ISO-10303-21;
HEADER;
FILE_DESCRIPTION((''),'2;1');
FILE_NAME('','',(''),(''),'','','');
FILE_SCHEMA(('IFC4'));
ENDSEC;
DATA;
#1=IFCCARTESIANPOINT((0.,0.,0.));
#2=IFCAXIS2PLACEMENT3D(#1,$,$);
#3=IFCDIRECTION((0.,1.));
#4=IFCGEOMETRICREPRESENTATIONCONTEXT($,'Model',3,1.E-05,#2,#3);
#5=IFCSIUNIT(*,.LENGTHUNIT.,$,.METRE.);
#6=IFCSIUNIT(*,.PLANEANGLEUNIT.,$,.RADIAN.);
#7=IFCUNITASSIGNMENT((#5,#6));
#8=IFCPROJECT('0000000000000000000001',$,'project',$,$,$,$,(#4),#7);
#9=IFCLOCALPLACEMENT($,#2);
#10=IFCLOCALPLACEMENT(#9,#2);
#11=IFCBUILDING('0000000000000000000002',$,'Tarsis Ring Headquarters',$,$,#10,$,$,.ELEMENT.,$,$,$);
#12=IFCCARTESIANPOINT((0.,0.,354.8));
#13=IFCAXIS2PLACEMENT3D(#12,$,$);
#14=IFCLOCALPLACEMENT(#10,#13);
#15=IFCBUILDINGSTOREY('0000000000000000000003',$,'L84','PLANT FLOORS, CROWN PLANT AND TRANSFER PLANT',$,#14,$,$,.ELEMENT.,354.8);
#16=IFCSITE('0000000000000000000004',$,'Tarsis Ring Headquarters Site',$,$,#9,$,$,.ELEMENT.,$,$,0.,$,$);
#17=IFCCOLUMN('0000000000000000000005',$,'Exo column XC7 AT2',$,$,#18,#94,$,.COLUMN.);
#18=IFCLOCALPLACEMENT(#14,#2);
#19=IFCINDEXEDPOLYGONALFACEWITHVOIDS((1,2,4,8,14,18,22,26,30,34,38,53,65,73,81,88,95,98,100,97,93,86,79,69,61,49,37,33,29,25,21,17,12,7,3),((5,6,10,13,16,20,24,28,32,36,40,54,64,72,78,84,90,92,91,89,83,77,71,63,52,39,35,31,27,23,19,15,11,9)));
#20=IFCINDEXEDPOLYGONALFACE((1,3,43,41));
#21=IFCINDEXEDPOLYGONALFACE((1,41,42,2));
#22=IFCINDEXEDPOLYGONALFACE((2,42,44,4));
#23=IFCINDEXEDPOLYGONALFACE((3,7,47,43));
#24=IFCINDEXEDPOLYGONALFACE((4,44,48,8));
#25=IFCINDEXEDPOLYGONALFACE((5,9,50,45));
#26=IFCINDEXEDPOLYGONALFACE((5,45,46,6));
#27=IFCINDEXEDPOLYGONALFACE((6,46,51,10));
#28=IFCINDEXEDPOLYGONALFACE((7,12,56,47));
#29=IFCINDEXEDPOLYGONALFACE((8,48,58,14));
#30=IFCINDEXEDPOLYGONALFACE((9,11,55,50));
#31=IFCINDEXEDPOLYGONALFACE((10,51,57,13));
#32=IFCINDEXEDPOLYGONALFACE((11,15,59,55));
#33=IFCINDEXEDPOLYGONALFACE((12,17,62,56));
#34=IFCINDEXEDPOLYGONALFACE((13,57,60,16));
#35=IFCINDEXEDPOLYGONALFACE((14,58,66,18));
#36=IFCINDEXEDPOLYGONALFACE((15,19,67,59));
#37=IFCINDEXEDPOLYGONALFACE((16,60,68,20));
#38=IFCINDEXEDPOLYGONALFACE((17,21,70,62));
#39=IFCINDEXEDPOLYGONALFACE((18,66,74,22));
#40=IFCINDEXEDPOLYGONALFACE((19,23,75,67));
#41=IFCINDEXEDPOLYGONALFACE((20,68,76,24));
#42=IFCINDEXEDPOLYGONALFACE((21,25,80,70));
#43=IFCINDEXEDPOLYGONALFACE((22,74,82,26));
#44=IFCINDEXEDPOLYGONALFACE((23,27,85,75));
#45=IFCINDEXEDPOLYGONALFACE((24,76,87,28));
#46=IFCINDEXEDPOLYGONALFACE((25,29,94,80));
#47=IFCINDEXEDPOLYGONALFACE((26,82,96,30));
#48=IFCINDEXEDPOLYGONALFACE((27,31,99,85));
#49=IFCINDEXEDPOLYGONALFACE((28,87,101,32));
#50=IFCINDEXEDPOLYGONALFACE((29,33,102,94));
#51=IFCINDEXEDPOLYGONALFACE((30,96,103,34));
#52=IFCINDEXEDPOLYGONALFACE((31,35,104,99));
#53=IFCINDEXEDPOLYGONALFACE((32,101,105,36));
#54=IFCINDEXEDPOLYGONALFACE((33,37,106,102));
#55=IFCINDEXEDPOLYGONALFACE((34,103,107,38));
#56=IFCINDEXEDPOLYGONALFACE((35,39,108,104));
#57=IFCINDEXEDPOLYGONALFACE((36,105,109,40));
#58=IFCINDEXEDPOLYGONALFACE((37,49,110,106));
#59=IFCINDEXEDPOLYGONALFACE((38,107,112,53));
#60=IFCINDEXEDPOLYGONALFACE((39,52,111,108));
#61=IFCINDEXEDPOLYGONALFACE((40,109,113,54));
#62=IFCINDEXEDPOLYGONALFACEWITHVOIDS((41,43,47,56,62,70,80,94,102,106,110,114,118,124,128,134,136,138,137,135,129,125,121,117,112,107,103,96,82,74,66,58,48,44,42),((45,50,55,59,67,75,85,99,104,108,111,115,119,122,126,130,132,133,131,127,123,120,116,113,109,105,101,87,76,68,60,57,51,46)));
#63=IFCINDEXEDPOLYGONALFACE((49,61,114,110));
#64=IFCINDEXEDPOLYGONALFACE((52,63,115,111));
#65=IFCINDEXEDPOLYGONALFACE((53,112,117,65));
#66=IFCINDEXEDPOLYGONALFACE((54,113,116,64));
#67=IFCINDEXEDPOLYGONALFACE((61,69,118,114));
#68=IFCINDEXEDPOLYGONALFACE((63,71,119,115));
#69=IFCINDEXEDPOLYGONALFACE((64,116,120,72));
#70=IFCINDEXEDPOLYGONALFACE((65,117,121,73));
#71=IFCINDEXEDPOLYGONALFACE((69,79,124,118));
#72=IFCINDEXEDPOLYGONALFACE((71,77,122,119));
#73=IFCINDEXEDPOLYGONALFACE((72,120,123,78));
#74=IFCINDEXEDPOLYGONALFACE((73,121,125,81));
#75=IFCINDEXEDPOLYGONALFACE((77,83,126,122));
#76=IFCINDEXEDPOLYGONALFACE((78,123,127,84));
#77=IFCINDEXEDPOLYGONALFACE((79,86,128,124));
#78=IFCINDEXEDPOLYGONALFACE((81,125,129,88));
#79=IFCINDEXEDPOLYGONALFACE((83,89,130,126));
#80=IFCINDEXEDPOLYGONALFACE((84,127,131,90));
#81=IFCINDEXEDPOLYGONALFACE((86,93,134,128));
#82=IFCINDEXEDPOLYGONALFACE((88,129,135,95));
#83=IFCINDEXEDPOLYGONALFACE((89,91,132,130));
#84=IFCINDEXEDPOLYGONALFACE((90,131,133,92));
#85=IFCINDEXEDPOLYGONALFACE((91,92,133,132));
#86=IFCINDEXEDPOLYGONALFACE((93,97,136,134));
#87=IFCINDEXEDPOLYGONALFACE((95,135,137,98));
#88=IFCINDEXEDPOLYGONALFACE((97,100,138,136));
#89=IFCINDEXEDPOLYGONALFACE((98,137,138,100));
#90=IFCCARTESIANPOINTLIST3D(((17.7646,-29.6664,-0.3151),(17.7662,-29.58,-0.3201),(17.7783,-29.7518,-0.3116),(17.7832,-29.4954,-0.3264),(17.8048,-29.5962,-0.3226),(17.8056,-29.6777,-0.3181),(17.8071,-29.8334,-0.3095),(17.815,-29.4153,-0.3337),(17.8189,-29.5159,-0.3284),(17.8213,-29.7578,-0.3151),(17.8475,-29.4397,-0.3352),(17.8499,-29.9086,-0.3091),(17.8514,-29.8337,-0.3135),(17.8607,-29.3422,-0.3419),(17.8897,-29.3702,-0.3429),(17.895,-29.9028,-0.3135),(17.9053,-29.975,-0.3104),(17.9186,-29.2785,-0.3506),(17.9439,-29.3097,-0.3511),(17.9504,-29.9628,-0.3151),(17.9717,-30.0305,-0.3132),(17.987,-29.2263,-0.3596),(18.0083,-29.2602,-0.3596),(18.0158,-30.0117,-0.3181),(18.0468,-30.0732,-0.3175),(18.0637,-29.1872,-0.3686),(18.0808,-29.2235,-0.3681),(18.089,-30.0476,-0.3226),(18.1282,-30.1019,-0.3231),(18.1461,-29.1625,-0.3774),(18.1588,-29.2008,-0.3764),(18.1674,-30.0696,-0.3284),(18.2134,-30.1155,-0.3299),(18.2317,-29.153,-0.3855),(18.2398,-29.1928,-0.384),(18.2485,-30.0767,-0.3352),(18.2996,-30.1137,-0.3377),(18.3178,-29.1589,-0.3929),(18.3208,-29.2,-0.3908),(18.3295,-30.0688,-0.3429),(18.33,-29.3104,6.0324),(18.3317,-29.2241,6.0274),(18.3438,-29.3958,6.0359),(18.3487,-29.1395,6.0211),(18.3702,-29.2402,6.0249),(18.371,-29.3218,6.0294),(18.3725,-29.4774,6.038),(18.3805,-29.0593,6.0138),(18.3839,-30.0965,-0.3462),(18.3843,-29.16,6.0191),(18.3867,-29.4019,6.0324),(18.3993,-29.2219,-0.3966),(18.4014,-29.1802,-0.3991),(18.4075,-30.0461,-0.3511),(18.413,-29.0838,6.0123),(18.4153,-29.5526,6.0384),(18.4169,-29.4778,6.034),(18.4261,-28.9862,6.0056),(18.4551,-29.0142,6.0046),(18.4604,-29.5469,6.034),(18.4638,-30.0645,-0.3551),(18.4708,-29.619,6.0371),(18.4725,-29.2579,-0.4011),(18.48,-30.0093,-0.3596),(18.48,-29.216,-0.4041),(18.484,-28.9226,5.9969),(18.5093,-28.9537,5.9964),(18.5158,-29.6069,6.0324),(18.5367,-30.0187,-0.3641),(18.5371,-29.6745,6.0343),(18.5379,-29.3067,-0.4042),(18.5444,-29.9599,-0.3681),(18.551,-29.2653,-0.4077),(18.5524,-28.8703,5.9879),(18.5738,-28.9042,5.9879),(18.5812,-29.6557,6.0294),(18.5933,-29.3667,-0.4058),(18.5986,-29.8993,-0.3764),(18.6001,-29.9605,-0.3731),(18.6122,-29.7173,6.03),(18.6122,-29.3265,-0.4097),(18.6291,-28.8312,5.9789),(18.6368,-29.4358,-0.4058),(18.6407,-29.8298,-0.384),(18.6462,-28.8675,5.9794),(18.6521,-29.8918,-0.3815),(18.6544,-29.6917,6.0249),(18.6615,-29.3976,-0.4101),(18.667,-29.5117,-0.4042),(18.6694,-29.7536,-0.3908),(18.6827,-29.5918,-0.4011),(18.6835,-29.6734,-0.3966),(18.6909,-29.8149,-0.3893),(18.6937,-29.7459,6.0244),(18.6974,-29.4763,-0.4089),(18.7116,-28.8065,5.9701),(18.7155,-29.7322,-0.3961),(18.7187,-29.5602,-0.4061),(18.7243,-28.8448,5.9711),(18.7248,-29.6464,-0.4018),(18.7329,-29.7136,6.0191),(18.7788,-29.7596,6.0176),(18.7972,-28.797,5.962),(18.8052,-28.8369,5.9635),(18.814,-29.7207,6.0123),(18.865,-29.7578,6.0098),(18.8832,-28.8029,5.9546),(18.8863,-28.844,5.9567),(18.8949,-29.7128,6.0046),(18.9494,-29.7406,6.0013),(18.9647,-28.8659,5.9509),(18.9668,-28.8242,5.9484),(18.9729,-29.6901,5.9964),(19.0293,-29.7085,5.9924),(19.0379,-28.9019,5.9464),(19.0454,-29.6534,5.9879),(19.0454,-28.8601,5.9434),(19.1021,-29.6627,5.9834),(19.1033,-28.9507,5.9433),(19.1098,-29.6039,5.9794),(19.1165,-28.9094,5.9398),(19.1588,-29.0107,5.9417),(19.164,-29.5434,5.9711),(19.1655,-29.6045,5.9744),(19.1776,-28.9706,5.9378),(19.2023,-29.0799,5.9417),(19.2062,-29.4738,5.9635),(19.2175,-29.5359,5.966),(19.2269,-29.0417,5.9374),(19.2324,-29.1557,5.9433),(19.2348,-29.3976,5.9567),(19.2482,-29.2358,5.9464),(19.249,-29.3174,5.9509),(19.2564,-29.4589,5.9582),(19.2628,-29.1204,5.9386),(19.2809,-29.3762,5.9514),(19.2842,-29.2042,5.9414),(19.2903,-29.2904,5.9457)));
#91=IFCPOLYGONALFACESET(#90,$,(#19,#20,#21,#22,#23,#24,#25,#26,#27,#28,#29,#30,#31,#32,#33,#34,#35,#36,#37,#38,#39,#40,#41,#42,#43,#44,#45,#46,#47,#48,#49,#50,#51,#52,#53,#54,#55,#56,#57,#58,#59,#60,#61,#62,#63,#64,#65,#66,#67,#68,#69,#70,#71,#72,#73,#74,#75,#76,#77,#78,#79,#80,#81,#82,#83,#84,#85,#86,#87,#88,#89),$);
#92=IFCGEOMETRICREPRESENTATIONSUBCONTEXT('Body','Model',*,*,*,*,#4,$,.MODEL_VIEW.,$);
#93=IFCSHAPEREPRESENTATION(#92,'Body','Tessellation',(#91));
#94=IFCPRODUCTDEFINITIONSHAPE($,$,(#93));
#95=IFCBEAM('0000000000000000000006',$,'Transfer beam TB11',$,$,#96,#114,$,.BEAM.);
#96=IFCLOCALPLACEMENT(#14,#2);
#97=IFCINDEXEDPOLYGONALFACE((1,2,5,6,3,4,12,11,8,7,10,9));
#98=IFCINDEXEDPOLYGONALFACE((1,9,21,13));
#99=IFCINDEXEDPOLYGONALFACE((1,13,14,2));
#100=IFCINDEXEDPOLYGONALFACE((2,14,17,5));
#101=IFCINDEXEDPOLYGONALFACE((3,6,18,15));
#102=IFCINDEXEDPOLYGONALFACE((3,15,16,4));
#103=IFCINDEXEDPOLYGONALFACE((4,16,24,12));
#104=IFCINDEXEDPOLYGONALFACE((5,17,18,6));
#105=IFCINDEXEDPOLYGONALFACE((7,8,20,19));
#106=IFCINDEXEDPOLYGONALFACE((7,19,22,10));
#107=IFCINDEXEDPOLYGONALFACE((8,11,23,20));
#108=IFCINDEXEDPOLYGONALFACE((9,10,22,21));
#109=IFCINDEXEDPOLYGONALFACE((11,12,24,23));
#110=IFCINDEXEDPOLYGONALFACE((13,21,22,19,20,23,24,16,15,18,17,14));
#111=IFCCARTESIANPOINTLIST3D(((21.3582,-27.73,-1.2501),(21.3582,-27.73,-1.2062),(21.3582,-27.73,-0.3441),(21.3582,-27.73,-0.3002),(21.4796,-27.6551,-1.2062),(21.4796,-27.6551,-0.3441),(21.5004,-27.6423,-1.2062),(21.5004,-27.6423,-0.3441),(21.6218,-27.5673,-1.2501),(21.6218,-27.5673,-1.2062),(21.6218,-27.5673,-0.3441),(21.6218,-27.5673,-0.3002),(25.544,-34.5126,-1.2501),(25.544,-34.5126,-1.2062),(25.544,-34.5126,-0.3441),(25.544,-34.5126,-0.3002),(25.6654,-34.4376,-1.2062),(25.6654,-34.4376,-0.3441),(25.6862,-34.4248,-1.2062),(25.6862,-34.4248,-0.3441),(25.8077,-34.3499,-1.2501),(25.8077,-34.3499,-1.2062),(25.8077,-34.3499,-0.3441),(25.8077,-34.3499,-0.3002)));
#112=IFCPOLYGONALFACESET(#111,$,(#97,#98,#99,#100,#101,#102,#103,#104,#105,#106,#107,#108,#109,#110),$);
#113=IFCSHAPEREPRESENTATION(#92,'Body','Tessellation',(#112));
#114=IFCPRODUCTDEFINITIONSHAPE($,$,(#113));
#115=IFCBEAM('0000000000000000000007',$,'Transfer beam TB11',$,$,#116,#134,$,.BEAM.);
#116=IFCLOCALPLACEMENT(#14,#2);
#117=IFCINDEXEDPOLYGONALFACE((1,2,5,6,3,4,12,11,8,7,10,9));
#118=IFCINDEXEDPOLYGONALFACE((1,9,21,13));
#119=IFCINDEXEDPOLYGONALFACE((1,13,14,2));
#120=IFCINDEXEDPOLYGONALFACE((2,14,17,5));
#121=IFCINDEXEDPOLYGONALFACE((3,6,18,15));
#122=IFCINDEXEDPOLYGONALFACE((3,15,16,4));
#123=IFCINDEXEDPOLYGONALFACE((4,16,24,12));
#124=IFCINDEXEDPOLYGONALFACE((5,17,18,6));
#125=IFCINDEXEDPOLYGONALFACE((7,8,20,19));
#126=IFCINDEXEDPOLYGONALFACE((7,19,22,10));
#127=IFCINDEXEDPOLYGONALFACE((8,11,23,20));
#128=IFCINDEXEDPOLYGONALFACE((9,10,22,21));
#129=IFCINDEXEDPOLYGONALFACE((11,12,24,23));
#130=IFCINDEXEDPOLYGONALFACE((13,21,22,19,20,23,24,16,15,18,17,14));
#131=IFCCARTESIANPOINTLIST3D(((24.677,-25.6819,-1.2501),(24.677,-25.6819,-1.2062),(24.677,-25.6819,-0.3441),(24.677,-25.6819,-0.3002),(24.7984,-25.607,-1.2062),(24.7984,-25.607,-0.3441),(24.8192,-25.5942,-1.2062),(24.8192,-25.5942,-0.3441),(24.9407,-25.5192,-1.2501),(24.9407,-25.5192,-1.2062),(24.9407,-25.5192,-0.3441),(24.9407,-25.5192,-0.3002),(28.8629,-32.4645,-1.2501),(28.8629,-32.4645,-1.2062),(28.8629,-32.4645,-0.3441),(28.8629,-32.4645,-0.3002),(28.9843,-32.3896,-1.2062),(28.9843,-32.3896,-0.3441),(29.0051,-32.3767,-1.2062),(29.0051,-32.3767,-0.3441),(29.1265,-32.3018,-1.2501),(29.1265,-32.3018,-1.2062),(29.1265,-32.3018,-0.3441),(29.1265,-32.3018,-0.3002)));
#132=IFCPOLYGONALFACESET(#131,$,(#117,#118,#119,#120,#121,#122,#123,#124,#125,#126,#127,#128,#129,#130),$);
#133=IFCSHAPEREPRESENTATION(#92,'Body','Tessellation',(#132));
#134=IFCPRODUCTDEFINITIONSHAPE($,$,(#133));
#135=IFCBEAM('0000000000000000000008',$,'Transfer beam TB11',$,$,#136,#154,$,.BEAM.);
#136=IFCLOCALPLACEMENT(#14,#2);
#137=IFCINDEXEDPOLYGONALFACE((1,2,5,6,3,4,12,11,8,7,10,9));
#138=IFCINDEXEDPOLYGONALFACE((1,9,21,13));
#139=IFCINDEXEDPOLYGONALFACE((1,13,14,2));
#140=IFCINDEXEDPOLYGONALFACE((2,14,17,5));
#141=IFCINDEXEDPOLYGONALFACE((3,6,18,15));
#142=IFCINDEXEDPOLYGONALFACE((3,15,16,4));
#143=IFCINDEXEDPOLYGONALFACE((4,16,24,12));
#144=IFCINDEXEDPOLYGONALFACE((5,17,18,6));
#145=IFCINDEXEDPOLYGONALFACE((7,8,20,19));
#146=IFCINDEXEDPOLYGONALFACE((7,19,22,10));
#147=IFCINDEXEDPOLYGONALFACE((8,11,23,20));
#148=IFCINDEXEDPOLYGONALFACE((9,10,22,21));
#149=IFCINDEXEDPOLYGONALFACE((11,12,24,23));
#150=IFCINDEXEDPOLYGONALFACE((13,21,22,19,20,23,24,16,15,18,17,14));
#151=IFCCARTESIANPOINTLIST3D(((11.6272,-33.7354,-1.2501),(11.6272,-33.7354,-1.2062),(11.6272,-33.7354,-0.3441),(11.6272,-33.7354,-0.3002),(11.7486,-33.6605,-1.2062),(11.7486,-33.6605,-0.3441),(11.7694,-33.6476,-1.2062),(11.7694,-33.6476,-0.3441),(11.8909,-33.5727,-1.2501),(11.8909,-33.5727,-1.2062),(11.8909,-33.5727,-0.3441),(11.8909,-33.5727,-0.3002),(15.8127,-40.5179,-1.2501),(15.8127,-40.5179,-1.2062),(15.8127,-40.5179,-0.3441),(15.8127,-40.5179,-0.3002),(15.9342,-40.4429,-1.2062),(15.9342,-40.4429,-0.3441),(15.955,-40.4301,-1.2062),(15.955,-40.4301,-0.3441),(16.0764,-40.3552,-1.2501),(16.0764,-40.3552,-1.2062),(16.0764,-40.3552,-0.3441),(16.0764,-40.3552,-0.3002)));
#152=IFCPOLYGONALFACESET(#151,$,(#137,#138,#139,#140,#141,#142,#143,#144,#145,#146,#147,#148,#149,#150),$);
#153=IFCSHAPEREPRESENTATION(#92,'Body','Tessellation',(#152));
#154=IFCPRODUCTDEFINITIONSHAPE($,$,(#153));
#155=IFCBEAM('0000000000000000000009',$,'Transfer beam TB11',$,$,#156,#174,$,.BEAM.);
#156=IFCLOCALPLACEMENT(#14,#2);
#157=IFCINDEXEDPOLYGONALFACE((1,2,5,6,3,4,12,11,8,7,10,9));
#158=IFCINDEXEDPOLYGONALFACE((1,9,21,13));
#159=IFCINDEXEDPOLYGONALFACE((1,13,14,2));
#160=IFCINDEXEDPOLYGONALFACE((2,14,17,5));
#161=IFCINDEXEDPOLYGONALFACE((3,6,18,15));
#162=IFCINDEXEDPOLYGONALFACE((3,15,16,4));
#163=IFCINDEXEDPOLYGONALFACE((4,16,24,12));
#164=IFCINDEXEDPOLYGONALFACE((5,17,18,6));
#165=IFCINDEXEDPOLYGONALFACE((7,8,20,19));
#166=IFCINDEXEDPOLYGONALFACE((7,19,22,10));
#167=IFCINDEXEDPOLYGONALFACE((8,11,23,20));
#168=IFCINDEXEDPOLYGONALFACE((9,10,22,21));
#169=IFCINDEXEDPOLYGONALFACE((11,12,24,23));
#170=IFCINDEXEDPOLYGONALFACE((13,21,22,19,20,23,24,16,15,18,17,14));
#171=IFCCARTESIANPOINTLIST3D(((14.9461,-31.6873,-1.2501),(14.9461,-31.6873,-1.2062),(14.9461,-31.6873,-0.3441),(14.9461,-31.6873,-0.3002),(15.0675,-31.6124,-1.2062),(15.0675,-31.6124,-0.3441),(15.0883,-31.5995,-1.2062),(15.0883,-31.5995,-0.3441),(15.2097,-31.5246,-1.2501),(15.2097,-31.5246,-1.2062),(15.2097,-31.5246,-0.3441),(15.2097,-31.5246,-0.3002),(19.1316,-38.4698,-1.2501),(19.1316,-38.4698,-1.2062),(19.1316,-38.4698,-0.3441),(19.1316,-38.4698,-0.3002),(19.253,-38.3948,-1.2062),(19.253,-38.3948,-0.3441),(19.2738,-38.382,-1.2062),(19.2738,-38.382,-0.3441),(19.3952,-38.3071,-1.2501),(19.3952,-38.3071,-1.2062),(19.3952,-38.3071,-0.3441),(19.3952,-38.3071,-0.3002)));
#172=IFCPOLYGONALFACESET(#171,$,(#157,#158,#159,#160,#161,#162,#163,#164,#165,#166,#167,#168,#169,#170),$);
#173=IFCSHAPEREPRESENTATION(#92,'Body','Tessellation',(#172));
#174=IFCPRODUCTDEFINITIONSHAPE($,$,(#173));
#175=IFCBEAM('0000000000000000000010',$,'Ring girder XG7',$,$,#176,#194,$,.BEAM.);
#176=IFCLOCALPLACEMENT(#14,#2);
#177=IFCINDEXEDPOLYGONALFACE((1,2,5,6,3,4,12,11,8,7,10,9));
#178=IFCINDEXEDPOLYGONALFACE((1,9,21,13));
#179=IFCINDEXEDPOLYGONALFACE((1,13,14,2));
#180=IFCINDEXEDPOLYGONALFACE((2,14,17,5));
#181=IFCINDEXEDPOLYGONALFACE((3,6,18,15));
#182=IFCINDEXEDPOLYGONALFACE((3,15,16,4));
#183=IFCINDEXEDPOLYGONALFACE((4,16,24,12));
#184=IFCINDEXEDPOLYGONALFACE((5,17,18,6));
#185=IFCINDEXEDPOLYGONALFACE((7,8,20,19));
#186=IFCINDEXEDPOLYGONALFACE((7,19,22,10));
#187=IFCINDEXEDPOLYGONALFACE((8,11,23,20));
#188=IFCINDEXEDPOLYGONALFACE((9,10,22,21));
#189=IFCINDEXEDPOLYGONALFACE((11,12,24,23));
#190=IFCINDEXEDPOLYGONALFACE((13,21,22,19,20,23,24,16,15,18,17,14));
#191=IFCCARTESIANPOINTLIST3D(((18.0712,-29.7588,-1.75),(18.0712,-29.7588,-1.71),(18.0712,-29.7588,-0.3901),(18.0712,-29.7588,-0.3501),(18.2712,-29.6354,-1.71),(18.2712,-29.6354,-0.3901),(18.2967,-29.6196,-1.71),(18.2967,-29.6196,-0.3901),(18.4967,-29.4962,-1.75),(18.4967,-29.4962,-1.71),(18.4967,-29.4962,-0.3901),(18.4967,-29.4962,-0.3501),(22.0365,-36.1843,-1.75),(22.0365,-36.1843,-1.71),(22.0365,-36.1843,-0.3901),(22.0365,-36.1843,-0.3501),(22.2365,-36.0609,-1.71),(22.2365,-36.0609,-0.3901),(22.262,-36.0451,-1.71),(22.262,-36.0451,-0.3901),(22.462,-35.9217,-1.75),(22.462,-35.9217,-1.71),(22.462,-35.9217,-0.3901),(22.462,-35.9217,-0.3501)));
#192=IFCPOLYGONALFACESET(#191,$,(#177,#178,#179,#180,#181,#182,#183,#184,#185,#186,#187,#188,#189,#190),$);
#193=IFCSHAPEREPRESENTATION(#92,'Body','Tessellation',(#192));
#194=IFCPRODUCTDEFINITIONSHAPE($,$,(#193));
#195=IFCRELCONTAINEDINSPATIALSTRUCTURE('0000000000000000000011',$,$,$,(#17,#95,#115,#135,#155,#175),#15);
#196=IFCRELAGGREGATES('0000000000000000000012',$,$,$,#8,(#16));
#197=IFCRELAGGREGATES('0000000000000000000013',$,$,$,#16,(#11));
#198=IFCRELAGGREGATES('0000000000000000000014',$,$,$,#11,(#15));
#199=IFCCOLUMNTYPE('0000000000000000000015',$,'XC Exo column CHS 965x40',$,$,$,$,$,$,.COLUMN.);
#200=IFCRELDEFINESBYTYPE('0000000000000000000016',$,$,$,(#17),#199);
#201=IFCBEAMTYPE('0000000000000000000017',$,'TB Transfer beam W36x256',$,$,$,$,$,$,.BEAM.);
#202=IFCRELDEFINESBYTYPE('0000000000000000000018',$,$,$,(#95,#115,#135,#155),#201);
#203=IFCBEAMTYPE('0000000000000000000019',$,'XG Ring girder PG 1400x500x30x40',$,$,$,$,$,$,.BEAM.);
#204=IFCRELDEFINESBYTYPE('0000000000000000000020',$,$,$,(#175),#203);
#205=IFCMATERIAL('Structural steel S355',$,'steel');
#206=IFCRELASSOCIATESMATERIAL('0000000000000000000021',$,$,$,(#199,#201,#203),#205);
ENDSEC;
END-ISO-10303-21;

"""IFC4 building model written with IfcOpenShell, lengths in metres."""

from ifc_helpers import new_model, si_unit, direction, frame, origin, origin_2d, place, context, subcontext, project, spatial, hollow_circle, i_section, extrude, material, material_profile, profile_set, type_object, element, save


model = new_model("IFC4")

# Units and contexts
model_context = context("Model", 3, precision=1e-05, world=origin(), true_north=direction((0.0, 1.0)))
body_context = subcontext(model_context, "Body", "Model", "MODEL_VIEW")
ifc_project = project(units=[si_unit("LENGTHUNIT", "METRE"), si_unit("PLANEANGLEUNIT", "RADIAN")], contexts=[model_context])

# Site, building, storey
site_placement = place(None, origin())
site = spatial("IfcSite", under=ifc_project, at=site_placement, Name="Tarsis Ring Headquarters Site", CompositionType="ELEMENT", RefElevation=0.0)
building_placement = place(site_placement, origin())
building = spatial("IfcBuilding", under=site, at=building_placement, Name="Tarsis Ring Headquarters", CompositionType="ELEMENT")
storey_placement = place(building_placement, frame((0.0, 0.0, 354.8)))
storey = spatial("IfcBuildingStorey", under=building, at=storey_placement, Name="L84", Description="PLANT FLOORS, CROWN PLANT AND TRANSFER PLANT", CompositionType="ELEMENT", Elevation=354.8)

# Column
ifc_material_1 = material(Name="Structural steel S355", Category="steel")
ifc_material_profile_1 = material_profile(ifc_material_1, hollow_circle(Radius=0.4827, WallThickness=0.04, at=origin_2d()), Name="CHS 965x40")
ifc_profile_set_1 = profile_set([ifc_material_profile_1], Name="Structural steel S355")
column_type = type_object("IfcColumnType", Name="XC Exo column CHS 965x40", PredefinedType="COLUMN", material=ifc_profile_set_1)
column_placement = place(storey_placement, frame((18.2441, -29.6348, -0.3596), z_axis=(0.088591, 0.055771, 0.994506), x_axis=(-0.532755, 0.846269, 0.0)))
element("IfcColumn", 1, at=column_placement, inside=storey, type_object=column_type, Name="Exo column XC7 AT2", PredefinedType="COLUMN", context=body_context, shape_type="SweptSolid", body=[
    extrude(hollow_circle(Radius=0.4827, WallThickness=0.04, at=origin_2d()), origin(), (0.0, 0.0, 1.0), 6.3826),
])

# Beams
ifc_material_profile_2 = material_profile(ifc_material_1, i_section(OverallWidth=0.3098, OverallDepth=0.95, WebThickness=0.0244, FlangeThickness=0.0439, at=origin_2d()), Name="W36x256")
ifc_profile_set_2 = profile_set([ifc_material_profile_2], Name="Structural steel S355")
beam_type_1 = type_object("IfcBeamType", Name="TB Transfer beam W36x256", PredefinedType="BEAM", material=ifc_profile_set_2)
for number, where, z_axis, x_axis, name in (
    (2, (21.49, -27.6487, -0.7751), (0.525186, -0.850988, 0.0), (0.850988, 0.525186, 0.0), "Transfer beam TB11"),
    (3, (24.8088, -25.6006, -0.7751), (0.525186, -0.850988, 0.0), (0.850988, 0.525186, 0.0), "Transfer beam TB11"),
):
    element("IfcBeam", number, at=place(storey_placement, frame(where, z_axis=z_axis, x_axis=x_axis)), inside=storey, type_object=beam_type_1, Name=name, PredefinedType="BEAM", context=body_context, shape_type="SweptSolid", body=[
        extrude(i_section(OverallWidth=0.3098, OverallDepth=0.95, WebThickness=0.0244, FlangeThickness=0.0439, at=origin_2d()), origin(), (0.0, 0.0, 1.0), 7.9702),
    ])
for number, where, z_axis, x_axis, name in (
    (4, (11.759, -33.6541, -0.7751), (0.525163, -0.851001, 0.0), (0.851001, 0.525163, 0.0), "Transfer beam TB11"),
    (5, (15.0779, -31.606, -0.7751), (0.525163, -0.851001, 0.0), (0.851001, 0.525163, 0.0), "Transfer beam TB11"),
):
    element("IfcBeam", number, at=place(storey_placement, frame(where, z_axis=z_axis, x_axis=x_axis)), inside=storey, type_object=beam_type_1, Name=name, PredefinedType="BEAM", context=body_context, shape_type="SweptSolid", body=[
        extrude(i_section(OverallWidth=0.3098, OverallDepth=0.95, WebThickness=0.0244, FlangeThickness=0.0439, at=origin_2d()), origin(), (0.0, 0.0, 1.0), 7.97),
    ])
ifc_material_profile_3 = material_profile(ifc_material_1, i_section(OverallWidth=0.5, OverallDepth=1.3999, WebThickness=0.03, FlangeThickness=0.04, at=origin_2d()), Name="PG 1400x500x30x40")
ifc_profile_set_3 = profile_set([ifc_material_profile_3], Name="Structural steel S355")
beam_type_2 = type_object("IfcBeamType", Name="XG Ring girder PG 1400x500x30x40", PredefinedType="BEAM", material=ifc_profile_set_3)
beam_1_placement = place(storey_placement, frame((22.2493, -36.053, -1.05), z_axis=(-0.525169, 0.850998, 0.0), x_axis=(-0.850998, -0.525169, 0.0)))
element("IfcBeam", 6, at=beam_1_placement, inside=storey, type_object=beam_type_2, Name="Ring girder XG7", PredefinedType="BEAM", context=body_context, shape_type="SweptSolid", body=[
    extrude(i_section(OverallWidth=0.5, OverallDepth=1.3999, WebThickness=0.03, FlangeThickness=0.04, at=origin_2d()), origin(), (0.0, 0.0, 1.0), 7.5505),
])

save(model, "model.ifc")
